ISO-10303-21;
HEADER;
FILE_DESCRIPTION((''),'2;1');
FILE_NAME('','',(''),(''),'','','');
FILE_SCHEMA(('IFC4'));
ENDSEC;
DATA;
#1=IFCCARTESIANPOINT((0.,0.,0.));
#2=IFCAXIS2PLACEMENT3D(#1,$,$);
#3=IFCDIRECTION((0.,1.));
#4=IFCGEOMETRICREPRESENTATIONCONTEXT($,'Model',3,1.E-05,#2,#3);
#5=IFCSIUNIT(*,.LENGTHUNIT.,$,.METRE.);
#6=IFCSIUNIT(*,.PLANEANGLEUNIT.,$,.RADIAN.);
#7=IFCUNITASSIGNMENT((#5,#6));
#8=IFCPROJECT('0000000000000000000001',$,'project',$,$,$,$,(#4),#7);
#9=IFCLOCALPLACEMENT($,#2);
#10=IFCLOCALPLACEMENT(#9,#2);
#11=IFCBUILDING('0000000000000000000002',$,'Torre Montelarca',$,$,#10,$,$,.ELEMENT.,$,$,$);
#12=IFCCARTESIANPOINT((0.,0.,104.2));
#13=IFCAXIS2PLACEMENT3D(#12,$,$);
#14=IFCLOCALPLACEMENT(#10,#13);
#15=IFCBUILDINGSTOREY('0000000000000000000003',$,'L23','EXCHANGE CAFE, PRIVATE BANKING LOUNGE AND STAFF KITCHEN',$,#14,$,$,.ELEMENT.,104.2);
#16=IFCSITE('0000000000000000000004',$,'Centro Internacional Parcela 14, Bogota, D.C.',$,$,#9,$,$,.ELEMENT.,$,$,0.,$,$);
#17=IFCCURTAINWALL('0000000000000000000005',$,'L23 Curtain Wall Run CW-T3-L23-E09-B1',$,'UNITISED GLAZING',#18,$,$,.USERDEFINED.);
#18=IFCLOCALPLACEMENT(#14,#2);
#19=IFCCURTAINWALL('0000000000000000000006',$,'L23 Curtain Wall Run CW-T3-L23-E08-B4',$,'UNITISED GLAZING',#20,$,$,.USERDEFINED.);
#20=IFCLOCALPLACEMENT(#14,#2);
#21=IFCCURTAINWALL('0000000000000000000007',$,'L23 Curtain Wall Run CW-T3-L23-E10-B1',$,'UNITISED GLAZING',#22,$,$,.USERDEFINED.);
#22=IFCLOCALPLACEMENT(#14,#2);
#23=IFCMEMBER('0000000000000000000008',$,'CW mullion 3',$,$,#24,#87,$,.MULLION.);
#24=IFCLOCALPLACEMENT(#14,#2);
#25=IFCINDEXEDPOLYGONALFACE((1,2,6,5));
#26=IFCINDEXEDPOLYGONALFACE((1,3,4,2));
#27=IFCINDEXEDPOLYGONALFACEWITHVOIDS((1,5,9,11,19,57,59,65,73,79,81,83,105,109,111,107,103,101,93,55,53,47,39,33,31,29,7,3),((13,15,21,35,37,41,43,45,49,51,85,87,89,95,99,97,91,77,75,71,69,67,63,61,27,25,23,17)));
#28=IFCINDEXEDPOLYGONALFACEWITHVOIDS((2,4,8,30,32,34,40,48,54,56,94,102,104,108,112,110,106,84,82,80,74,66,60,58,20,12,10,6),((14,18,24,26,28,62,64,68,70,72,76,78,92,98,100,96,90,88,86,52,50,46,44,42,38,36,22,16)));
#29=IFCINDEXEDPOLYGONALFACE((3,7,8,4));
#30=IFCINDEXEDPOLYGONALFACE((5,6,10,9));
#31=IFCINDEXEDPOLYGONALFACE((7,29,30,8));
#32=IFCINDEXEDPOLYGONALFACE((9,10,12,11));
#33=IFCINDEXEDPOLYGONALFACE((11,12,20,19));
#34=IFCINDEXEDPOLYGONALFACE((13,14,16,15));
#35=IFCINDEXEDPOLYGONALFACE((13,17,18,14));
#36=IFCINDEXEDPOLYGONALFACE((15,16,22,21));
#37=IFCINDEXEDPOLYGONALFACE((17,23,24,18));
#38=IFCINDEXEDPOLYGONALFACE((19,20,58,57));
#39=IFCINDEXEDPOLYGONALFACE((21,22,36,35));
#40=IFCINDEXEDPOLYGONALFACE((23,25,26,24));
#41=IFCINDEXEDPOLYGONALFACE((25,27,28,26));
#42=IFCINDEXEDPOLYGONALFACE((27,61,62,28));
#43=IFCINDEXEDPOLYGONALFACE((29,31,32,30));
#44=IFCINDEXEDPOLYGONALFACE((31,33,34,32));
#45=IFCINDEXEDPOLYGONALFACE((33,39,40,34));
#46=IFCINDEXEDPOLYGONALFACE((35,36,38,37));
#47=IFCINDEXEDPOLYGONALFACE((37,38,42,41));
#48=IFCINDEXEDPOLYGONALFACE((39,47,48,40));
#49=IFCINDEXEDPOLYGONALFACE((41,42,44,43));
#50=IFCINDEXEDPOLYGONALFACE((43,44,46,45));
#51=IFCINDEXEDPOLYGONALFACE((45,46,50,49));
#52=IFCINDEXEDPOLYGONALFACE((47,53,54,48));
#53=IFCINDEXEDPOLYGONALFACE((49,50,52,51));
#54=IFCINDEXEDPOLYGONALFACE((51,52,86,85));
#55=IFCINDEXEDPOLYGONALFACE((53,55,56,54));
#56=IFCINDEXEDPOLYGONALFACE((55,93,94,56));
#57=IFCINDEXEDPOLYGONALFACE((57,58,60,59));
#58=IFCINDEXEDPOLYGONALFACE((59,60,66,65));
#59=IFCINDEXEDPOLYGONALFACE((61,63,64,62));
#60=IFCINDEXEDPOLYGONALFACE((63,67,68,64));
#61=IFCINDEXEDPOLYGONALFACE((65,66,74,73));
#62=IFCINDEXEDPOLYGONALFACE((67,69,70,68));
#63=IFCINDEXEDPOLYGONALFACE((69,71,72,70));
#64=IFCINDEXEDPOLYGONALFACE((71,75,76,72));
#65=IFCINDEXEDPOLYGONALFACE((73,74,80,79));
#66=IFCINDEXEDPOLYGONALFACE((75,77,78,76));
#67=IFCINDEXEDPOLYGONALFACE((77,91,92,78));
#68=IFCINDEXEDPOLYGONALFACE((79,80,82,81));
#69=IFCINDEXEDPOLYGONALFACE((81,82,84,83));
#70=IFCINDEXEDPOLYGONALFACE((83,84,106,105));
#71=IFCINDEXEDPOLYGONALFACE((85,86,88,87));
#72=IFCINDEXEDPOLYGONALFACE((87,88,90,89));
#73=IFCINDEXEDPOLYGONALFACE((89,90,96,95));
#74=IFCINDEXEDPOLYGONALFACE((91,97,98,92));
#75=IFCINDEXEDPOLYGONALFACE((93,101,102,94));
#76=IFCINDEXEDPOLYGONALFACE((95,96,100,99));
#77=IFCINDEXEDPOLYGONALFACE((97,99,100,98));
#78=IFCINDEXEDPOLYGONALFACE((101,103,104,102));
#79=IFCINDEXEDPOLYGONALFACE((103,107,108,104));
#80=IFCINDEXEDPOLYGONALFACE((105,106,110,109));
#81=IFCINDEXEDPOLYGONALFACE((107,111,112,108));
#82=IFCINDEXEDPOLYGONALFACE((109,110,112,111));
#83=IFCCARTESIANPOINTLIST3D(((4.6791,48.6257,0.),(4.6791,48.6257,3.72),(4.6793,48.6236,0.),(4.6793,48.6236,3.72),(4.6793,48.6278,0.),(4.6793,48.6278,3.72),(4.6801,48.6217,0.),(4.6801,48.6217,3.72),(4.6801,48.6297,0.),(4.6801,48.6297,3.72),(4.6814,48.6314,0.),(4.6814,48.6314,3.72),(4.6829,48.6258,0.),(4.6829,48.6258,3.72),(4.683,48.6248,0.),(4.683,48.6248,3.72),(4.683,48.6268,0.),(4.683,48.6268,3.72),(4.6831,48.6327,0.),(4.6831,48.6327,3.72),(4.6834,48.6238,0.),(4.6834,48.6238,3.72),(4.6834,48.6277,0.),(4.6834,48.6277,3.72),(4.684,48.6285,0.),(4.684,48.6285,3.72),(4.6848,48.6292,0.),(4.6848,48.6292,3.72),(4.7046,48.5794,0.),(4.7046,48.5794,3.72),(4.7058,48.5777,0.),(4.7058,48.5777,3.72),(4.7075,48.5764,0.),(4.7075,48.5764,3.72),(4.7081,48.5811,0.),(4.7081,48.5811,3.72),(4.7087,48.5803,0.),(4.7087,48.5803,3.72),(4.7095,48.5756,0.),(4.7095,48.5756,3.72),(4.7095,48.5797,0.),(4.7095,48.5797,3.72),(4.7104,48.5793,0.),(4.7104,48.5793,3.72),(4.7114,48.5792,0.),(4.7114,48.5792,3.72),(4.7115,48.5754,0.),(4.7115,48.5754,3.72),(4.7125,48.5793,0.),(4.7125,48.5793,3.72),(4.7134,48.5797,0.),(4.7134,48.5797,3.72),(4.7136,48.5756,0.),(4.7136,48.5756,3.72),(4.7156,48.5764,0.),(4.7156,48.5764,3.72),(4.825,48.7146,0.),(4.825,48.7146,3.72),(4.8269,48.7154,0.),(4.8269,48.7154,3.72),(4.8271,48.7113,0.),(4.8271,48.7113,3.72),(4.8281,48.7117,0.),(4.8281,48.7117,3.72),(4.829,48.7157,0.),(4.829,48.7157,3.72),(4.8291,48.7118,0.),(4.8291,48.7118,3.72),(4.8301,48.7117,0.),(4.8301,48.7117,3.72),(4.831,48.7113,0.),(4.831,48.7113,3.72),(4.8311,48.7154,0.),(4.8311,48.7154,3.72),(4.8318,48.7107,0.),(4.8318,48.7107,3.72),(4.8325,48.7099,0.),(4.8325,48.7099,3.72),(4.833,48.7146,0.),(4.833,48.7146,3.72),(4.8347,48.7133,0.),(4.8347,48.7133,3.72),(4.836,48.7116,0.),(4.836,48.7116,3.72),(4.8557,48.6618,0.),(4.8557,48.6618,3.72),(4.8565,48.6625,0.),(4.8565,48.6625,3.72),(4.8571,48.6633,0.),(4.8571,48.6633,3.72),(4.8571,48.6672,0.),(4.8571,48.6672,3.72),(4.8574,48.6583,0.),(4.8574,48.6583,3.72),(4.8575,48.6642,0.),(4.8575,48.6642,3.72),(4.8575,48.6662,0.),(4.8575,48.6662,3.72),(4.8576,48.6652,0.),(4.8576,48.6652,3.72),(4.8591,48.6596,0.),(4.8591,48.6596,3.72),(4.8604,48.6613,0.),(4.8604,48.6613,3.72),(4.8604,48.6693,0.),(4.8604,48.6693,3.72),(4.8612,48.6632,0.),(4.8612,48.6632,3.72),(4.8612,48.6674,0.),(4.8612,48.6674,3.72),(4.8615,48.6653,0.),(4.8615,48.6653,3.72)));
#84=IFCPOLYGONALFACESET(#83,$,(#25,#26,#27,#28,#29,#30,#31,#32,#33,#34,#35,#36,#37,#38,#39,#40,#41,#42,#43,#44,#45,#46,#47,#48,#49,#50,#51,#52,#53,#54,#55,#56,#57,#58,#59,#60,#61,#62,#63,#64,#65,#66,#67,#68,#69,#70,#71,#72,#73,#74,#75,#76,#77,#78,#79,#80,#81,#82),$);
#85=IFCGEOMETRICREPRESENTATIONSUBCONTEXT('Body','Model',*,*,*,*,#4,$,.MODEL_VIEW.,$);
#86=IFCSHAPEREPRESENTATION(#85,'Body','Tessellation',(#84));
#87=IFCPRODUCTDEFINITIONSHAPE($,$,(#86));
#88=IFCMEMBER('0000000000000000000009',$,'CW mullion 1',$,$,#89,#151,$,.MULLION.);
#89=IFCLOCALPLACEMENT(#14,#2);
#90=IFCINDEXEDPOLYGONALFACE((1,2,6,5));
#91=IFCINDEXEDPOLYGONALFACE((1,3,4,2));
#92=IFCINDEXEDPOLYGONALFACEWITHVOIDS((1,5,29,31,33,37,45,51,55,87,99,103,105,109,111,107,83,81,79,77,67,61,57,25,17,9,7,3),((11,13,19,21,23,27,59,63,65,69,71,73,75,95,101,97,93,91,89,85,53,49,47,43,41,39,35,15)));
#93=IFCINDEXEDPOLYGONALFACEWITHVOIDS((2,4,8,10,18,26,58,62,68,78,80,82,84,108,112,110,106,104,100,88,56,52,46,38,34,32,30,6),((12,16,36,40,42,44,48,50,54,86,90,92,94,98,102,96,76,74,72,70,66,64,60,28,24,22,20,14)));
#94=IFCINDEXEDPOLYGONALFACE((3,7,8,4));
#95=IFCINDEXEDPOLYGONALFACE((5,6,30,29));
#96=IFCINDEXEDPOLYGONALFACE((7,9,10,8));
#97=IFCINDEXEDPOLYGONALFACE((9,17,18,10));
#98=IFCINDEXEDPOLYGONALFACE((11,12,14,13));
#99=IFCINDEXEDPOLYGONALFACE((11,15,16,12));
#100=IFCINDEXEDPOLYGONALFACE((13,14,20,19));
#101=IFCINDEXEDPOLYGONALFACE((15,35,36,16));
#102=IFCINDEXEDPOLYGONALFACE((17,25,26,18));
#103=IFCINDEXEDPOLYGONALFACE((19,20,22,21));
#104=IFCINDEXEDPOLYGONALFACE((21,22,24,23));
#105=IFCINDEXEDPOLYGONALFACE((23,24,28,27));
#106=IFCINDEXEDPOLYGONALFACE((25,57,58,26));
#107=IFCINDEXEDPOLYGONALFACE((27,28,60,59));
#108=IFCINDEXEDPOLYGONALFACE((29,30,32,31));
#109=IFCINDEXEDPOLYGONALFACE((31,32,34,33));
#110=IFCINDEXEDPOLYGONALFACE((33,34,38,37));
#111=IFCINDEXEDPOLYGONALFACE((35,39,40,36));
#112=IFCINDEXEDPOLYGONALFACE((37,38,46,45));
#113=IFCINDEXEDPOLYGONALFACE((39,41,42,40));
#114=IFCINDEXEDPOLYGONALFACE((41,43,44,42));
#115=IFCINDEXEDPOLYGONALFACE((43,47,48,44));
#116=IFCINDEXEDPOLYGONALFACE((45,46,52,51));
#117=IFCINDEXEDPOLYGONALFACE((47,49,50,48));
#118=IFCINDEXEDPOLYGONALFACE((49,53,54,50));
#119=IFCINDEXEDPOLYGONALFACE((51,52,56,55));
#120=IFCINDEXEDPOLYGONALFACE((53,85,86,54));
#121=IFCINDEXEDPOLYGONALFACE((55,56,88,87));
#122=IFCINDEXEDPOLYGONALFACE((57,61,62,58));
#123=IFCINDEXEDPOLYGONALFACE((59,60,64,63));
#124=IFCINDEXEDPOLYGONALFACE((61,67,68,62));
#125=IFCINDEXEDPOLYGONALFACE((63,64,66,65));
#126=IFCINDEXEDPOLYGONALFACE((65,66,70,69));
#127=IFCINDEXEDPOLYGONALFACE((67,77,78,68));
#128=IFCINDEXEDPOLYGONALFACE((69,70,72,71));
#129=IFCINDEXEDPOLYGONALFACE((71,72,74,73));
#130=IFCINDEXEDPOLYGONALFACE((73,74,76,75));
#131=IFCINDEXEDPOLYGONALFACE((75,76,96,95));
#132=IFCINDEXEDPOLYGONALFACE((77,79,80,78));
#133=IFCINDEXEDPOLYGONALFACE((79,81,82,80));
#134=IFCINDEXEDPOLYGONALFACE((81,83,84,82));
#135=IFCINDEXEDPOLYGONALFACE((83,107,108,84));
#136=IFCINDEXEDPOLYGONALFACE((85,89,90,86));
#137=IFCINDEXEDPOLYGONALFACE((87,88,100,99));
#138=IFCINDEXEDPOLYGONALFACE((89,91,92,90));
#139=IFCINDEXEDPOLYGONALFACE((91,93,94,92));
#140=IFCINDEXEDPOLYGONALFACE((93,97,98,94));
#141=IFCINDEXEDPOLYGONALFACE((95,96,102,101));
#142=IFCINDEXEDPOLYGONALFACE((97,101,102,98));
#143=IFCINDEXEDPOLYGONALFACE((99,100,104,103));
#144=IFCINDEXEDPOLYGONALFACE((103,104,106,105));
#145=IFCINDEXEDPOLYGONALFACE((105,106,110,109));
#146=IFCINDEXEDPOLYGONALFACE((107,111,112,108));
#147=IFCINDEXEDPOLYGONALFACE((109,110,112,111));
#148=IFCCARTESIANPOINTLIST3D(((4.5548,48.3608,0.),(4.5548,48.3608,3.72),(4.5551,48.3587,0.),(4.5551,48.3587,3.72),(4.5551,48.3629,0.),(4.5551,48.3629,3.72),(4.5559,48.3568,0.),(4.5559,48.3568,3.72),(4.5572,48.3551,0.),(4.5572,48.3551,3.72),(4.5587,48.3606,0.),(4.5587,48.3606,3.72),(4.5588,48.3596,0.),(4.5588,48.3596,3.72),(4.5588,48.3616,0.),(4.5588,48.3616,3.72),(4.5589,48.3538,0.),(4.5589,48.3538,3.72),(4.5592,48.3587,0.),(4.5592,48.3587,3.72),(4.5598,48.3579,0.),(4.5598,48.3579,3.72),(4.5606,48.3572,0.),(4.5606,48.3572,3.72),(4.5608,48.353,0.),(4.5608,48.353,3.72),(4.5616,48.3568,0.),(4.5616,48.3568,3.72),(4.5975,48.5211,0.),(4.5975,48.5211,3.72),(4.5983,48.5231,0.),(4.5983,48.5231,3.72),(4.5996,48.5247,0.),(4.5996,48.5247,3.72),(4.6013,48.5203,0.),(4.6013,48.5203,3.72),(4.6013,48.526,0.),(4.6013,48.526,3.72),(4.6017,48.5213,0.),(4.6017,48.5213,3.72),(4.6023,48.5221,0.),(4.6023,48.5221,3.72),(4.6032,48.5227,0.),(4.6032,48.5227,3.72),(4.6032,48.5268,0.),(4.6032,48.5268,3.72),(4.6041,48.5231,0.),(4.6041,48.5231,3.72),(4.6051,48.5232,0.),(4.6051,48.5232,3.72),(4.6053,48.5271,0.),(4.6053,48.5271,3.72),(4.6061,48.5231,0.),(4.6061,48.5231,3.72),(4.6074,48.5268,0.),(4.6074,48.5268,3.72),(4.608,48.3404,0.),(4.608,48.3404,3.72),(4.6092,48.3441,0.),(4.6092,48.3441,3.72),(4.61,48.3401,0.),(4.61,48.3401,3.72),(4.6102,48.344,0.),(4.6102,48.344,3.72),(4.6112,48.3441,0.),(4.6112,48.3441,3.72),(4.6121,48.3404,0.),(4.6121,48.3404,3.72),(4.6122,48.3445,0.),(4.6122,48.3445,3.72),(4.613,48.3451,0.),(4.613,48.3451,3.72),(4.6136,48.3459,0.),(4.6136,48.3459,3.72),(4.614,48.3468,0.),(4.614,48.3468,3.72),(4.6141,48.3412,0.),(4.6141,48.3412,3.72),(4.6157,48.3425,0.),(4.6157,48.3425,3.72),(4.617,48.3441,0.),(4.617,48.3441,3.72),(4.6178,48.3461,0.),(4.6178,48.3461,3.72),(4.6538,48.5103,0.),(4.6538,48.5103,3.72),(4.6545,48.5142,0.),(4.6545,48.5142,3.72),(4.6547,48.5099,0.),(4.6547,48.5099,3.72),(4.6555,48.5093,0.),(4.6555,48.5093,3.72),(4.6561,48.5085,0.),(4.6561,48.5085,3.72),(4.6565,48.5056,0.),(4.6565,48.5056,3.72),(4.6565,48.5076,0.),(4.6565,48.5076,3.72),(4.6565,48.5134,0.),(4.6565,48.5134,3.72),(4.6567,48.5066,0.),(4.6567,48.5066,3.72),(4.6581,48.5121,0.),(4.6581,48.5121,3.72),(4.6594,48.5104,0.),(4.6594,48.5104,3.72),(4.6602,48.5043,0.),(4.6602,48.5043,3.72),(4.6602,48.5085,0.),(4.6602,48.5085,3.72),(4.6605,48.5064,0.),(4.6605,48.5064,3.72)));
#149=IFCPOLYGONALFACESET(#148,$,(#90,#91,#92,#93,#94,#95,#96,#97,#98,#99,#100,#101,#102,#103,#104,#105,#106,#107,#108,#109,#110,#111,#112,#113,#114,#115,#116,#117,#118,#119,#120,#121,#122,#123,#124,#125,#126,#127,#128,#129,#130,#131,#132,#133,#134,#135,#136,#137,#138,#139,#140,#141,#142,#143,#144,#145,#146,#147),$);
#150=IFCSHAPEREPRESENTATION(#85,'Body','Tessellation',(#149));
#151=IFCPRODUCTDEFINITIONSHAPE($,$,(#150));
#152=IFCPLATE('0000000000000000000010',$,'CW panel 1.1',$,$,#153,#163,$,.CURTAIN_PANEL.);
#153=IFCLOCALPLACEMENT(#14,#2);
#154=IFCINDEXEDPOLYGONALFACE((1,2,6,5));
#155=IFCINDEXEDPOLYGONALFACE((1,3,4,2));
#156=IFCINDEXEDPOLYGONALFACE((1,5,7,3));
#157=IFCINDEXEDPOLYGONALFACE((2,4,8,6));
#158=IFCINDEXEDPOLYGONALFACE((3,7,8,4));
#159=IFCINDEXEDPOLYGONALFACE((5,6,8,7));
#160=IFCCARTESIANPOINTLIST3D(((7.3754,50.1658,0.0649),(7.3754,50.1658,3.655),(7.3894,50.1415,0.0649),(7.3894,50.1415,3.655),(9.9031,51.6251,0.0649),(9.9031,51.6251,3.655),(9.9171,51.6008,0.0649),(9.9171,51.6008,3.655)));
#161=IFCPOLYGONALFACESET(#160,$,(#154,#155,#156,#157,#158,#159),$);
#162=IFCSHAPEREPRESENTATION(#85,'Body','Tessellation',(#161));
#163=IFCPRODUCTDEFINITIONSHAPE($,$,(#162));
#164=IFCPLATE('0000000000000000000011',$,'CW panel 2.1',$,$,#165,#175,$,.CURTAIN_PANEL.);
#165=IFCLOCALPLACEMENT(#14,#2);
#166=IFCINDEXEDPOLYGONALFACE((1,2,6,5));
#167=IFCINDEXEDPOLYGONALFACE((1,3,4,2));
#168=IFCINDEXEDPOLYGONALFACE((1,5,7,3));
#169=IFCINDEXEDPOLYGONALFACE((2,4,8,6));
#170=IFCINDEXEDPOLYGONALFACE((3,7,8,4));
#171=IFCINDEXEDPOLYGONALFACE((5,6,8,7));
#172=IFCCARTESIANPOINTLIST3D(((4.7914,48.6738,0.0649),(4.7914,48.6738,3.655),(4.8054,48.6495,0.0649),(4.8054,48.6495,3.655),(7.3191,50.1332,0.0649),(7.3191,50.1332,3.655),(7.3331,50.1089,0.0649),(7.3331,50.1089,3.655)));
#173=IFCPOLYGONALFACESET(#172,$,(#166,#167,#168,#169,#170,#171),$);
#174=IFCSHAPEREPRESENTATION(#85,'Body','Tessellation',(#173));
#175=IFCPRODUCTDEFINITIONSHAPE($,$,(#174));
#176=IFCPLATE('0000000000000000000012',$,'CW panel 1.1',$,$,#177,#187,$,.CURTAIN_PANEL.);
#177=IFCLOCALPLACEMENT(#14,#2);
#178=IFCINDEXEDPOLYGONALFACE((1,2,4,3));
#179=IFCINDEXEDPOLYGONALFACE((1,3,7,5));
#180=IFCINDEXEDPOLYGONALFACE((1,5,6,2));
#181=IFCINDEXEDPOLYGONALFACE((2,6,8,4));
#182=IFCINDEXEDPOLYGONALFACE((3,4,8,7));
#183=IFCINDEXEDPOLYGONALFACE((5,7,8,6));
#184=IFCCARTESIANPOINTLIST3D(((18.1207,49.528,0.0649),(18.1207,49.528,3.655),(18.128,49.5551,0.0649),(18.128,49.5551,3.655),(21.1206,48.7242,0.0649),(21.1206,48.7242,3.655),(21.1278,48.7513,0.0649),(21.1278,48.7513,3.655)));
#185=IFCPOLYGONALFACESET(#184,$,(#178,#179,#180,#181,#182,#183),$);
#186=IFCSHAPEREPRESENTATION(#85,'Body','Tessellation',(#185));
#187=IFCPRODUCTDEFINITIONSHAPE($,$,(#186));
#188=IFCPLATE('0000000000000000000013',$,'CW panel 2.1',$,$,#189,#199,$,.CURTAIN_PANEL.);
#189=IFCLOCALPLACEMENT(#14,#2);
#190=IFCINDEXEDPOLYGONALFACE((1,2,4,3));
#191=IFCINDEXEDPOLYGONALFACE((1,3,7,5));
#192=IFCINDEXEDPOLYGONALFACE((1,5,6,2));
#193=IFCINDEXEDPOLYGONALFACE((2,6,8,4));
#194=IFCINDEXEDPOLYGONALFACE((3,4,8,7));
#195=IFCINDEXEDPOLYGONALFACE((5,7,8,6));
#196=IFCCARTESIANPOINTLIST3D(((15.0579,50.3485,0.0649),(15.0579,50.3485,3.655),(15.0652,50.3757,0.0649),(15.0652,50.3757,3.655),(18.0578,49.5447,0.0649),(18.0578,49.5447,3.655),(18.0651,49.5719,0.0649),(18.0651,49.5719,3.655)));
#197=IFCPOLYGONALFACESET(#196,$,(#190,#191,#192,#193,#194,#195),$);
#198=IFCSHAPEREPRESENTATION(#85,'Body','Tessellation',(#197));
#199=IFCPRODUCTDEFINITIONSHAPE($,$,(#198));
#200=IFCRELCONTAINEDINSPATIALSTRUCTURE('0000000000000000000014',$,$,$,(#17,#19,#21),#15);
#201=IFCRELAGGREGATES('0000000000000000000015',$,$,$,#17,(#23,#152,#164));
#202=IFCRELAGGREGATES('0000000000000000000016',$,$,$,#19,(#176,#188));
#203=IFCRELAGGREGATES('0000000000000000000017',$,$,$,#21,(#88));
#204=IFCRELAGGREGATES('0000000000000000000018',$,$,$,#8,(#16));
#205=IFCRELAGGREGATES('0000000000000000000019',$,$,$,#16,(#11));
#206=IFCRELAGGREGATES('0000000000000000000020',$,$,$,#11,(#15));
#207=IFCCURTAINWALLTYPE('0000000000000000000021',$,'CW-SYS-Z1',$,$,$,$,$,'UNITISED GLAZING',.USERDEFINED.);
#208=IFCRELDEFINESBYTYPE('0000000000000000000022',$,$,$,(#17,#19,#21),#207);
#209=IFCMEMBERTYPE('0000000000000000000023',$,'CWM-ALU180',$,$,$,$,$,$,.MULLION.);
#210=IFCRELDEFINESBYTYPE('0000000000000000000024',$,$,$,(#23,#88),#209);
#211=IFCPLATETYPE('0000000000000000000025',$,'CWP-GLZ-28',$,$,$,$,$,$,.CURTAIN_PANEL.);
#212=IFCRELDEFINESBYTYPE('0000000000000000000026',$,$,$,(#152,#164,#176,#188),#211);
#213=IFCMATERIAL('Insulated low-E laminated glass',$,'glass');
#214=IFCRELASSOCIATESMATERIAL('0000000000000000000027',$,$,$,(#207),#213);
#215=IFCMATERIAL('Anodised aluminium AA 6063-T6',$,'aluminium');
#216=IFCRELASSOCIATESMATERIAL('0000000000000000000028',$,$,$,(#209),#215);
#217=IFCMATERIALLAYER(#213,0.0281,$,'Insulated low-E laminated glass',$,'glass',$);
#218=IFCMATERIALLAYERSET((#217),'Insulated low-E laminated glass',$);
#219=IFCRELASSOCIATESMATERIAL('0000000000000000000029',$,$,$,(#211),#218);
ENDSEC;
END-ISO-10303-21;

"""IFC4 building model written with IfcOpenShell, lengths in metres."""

from ifc_helpers import new_model, si_unit, direction, frame, origin, origin_2d, place, context, subcontext, project, spatial, rectangle, hollow_rectangle, extrude, source, transform, mapped, material, layer, layer_set, material_profile, profile_set, type_object, element, aggregate, save


model = new_model("IFC4")

# Units and contexts
model_context = context("Model", 3, precision=1e-05, world=origin(), true_north=direction((0.0, 1.0)))
body_context = subcontext(model_context, "Body", "Model", "MODEL_VIEW")
ifc_project = project(units=[si_unit("LENGTHUNIT", "METRE"), si_unit("PLANEANGLEUNIT", "RADIAN")], contexts=[model_context])

# Site, building, storey
site_placement = place(None, origin())
site = spatial("IfcSite", under=ifc_project, at=site_placement, Name="Centro Internacional Parcela 14, Bogota, D.C.", CompositionType="ELEMENT", RefElevation=0.0)
building_placement = place(site_placement, origin())
building = spatial("IfcBuilding", under=site, at=building_placement, Name="Torre Montelarca", CompositionType="ELEMENT")
storey_placement = place(building_placement, frame((0.0, 0.0, 104.2)))
storey = spatial("IfcBuildingStorey", under=building, at=storey_placement, Name="L23", Description="EXCHANGE CAFE, PRIVATE BANKING LOUNGE AND STAFF KITCHEN", CompositionType="ELEMENT", Elevation=104.2)

# Curtain walls
ifc_material_1 = material(Name="Insulated low-E laminated glass", Category="glass")
curtain_wall_type = type_object("IfcCurtainWallType", Name="CW-SYS-Z1", ElementType="UNITISED GLAZING", PredefinedType="USERDEFINED", material=ifc_material_1)
curtain_wall_1_placement = place(storey_placement, origin())
curtain_wall_1 = element("IfcCurtainWall", 1, at=curtain_wall_1_placement, inside=storey, type_object=curtain_wall_type, Name="L23 Curtain Wall Run CW-T3-L23-E09-B1", ObjectType="UNITISED GLAZING", PredefinedType="USERDEFINED")
ifc_material_2 = material(Name="Anodised aluminium AA 6063-T6", Category="aluminium")
curtain_wall_2_placement = place(storey_placement, origin())
curtain_wall_2 = element("IfcCurtainWall", 2, at=curtain_wall_2_placement, inside=storey, type_object=curtain_wall_type, Name="L23 Curtain Wall Run CW-T3-L23-E08-B4", ObjectType="UNITISED GLAZING", PredefinedType="USERDEFINED")
curtain_wall_3_placement = place(storey_placement, origin())
curtain_wall_3 = element("IfcCurtainWall", 3, at=curtain_wall_3_placement, inside=storey, type_object=curtain_wall_type, Name="L23 Curtain Wall Run CW-T3-L23-E10-B1", ObjectType="UNITISED GLAZING", PredefinedType="USERDEFINED")

# Members
ifc_material_profile_1 = material_profile(ifc_material_2, hollow_rectangle(XDim=0.0649, YDim=0.1799, WallThickness=0.0039, InnerFilletRadius=0.0039, OuterFilletRadius=0.0081, at=origin_2d()), Name="ALU65X180X4", Category="aluminium")
ifc_profile_set_1 = profile_set([ifc_material_profile_1], Name="Anodised aluminium AA 6063-T6")
member_type_1 = type_object("IfcMemberType", Name="CWM-ALU180", PredefinedType="MULLION", material=ifc_profile_set_1)
shared_shape_1 = source(origin(), body_context, "Body", "SweptSolid", [
    extrude(hollow_rectangle(XDim=0.0649, YDim=0.1799, WallThickness=0.0039, InnerFilletRadius=0.0039, OuterFilletRadius=0.0081, at=origin_2d()), origin(), (0.0, 0.0, 1.0), 3.72),
])
member_1_placement = place(storey_placement, frame((4.7703, 48.6455, 0.0), z_axis=(0.0, 0.0, 1.0), x_axis=(0.500001, -0.866025, 0.0)))
member_1 = element("IfcMember", 4, at=member_1_placement, type_object=member_type_1, Name="CW mullion 3", PredefinedType="MULLION", context=body_context, shape_type="MappedRepresentation", body=[
    mapped(shared_shape_1, transform((0.0, 0.0, 0.0), scale=1.0)),
])
member_2_placement = place(storey_placement, frame((4.6077, 48.4336, 0.0), z_axis=(0.0, 0.0, 1.0), x_axis=(0.965926, -0.258818, 0.0)))
member_2 = element("IfcMember", 5, at=member_2_placement, type_object=member_type_1, Name="CW mullion 1", PredefinedType="MULLION", context=body_context, shape_type="MappedRepresentation", body=[
    mapped(shared_shape_1, transform((0.0, 0.0, 0.0), scale=1.0)),
])

# Plates
ifc_layer_1 = layer(ifc_material_1, 0.0281, Name="Insulated low-E laminated glass", Category="glass")
ifc_layer_set_1 = layer_set([ifc_layer_1], Name="Insulated low-E laminated glass")
plate_type = type_object("IfcPlateType", Name="CWP-GLZ-28", PredefinedType="CURTAIN_PANEL", material=ifc_layer_set_1)
shared_shape_2 = source(origin(), body_context, "Body", "SweptSolid", [
    extrude(rectangle(XDim=2.9187, YDim=0.0281, at=origin_2d()), origin(), (0.0, 0.0, 1.0), 3.5901),
])
plate_1_placement = place(storey_placement, frame((8.6462, 50.8833, 0.0649), z_axis=(0.0, 0.0, 1.0), x_axis=(-0.866025, -0.500001, 0.0)))
plate_1 = element("IfcPlate", 6, at=plate_1_placement, type_object=plate_type, Name="CW panel 1.1", PredefinedType="CURTAIN_PANEL", context=body_context, shape_type="MappedRepresentation", body=[
    mapped(shared_shape_2, transform((0.0, 0.0, 0.0), scale=1.0)),
])
plate_2_placement = place(storey_placement, frame((6.0623, 49.3914, 0.0649), z_axis=(0.0, 0.0, 1.0), x_axis=(-0.866025, -0.500001, 0.0)))
plate_2 = element("IfcPlate", 7, at=plate_2_placement, type_object=plate_type, Name="CW panel 2.1", PredefinedType="CURTAIN_PANEL", context=body_context, shape_type="MappedRepresentation", body=[
    mapped(shared_shape_2, transform((0.0, 0.0, 0.0), scale=1.0)),
])
aggregate(curtain_wall_1, [member_1, plate_1, plate_2])
shared_shape_3 = source(origin(), body_context, "Body", "SweptSolid", [
    extrude(rectangle(XDim=3.1057, YDim=0.0281, at=origin_2d()), origin(), (0.0, 0.0, 1.0), 3.5901),
])
plate_3_placement = place(storey_placement, frame((19.6243, 49.1396, 0.0649), z_axis=(0.0, 0.0, 1.0), x_axis=(-0.965927, 0.258816, 0.0)))
plate_3 = element("IfcPlate", 8, at=plate_3_placement, type_object=plate_type, Name="CW panel 1.1", PredefinedType="CURTAIN_PANEL", context=body_context, shape_type="MappedRepresentation", body=[
    mapped(shared_shape_3, transform((0.0, 0.0, 0.0), scale=1.0)),
])
plate_4_placement = place(storey_placement, frame((16.5615, 49.9602, 0.0649), z_axis=(0.0, 0.0, 1.0), x_axis=(-0.965927, 0.258816, 0.0)))
plate_4 = element("IfcPlate", 9, at=plate_4_placement, type_object=plate_type, Name="CW panel 2.1", PredefinedType="CURTAIN_PANEL", context=body_context, shape_type="MappedRepresentation", body=[
    mapped(shared_shape_3, transform((0.0, 0.0, 0.0), scale=1.0)),
])
aggregate(curtain_wall_2, [plate_3, plate_4])
aggregate(curtain_wall_3, [member_2])

save(model, "model.ifc")
